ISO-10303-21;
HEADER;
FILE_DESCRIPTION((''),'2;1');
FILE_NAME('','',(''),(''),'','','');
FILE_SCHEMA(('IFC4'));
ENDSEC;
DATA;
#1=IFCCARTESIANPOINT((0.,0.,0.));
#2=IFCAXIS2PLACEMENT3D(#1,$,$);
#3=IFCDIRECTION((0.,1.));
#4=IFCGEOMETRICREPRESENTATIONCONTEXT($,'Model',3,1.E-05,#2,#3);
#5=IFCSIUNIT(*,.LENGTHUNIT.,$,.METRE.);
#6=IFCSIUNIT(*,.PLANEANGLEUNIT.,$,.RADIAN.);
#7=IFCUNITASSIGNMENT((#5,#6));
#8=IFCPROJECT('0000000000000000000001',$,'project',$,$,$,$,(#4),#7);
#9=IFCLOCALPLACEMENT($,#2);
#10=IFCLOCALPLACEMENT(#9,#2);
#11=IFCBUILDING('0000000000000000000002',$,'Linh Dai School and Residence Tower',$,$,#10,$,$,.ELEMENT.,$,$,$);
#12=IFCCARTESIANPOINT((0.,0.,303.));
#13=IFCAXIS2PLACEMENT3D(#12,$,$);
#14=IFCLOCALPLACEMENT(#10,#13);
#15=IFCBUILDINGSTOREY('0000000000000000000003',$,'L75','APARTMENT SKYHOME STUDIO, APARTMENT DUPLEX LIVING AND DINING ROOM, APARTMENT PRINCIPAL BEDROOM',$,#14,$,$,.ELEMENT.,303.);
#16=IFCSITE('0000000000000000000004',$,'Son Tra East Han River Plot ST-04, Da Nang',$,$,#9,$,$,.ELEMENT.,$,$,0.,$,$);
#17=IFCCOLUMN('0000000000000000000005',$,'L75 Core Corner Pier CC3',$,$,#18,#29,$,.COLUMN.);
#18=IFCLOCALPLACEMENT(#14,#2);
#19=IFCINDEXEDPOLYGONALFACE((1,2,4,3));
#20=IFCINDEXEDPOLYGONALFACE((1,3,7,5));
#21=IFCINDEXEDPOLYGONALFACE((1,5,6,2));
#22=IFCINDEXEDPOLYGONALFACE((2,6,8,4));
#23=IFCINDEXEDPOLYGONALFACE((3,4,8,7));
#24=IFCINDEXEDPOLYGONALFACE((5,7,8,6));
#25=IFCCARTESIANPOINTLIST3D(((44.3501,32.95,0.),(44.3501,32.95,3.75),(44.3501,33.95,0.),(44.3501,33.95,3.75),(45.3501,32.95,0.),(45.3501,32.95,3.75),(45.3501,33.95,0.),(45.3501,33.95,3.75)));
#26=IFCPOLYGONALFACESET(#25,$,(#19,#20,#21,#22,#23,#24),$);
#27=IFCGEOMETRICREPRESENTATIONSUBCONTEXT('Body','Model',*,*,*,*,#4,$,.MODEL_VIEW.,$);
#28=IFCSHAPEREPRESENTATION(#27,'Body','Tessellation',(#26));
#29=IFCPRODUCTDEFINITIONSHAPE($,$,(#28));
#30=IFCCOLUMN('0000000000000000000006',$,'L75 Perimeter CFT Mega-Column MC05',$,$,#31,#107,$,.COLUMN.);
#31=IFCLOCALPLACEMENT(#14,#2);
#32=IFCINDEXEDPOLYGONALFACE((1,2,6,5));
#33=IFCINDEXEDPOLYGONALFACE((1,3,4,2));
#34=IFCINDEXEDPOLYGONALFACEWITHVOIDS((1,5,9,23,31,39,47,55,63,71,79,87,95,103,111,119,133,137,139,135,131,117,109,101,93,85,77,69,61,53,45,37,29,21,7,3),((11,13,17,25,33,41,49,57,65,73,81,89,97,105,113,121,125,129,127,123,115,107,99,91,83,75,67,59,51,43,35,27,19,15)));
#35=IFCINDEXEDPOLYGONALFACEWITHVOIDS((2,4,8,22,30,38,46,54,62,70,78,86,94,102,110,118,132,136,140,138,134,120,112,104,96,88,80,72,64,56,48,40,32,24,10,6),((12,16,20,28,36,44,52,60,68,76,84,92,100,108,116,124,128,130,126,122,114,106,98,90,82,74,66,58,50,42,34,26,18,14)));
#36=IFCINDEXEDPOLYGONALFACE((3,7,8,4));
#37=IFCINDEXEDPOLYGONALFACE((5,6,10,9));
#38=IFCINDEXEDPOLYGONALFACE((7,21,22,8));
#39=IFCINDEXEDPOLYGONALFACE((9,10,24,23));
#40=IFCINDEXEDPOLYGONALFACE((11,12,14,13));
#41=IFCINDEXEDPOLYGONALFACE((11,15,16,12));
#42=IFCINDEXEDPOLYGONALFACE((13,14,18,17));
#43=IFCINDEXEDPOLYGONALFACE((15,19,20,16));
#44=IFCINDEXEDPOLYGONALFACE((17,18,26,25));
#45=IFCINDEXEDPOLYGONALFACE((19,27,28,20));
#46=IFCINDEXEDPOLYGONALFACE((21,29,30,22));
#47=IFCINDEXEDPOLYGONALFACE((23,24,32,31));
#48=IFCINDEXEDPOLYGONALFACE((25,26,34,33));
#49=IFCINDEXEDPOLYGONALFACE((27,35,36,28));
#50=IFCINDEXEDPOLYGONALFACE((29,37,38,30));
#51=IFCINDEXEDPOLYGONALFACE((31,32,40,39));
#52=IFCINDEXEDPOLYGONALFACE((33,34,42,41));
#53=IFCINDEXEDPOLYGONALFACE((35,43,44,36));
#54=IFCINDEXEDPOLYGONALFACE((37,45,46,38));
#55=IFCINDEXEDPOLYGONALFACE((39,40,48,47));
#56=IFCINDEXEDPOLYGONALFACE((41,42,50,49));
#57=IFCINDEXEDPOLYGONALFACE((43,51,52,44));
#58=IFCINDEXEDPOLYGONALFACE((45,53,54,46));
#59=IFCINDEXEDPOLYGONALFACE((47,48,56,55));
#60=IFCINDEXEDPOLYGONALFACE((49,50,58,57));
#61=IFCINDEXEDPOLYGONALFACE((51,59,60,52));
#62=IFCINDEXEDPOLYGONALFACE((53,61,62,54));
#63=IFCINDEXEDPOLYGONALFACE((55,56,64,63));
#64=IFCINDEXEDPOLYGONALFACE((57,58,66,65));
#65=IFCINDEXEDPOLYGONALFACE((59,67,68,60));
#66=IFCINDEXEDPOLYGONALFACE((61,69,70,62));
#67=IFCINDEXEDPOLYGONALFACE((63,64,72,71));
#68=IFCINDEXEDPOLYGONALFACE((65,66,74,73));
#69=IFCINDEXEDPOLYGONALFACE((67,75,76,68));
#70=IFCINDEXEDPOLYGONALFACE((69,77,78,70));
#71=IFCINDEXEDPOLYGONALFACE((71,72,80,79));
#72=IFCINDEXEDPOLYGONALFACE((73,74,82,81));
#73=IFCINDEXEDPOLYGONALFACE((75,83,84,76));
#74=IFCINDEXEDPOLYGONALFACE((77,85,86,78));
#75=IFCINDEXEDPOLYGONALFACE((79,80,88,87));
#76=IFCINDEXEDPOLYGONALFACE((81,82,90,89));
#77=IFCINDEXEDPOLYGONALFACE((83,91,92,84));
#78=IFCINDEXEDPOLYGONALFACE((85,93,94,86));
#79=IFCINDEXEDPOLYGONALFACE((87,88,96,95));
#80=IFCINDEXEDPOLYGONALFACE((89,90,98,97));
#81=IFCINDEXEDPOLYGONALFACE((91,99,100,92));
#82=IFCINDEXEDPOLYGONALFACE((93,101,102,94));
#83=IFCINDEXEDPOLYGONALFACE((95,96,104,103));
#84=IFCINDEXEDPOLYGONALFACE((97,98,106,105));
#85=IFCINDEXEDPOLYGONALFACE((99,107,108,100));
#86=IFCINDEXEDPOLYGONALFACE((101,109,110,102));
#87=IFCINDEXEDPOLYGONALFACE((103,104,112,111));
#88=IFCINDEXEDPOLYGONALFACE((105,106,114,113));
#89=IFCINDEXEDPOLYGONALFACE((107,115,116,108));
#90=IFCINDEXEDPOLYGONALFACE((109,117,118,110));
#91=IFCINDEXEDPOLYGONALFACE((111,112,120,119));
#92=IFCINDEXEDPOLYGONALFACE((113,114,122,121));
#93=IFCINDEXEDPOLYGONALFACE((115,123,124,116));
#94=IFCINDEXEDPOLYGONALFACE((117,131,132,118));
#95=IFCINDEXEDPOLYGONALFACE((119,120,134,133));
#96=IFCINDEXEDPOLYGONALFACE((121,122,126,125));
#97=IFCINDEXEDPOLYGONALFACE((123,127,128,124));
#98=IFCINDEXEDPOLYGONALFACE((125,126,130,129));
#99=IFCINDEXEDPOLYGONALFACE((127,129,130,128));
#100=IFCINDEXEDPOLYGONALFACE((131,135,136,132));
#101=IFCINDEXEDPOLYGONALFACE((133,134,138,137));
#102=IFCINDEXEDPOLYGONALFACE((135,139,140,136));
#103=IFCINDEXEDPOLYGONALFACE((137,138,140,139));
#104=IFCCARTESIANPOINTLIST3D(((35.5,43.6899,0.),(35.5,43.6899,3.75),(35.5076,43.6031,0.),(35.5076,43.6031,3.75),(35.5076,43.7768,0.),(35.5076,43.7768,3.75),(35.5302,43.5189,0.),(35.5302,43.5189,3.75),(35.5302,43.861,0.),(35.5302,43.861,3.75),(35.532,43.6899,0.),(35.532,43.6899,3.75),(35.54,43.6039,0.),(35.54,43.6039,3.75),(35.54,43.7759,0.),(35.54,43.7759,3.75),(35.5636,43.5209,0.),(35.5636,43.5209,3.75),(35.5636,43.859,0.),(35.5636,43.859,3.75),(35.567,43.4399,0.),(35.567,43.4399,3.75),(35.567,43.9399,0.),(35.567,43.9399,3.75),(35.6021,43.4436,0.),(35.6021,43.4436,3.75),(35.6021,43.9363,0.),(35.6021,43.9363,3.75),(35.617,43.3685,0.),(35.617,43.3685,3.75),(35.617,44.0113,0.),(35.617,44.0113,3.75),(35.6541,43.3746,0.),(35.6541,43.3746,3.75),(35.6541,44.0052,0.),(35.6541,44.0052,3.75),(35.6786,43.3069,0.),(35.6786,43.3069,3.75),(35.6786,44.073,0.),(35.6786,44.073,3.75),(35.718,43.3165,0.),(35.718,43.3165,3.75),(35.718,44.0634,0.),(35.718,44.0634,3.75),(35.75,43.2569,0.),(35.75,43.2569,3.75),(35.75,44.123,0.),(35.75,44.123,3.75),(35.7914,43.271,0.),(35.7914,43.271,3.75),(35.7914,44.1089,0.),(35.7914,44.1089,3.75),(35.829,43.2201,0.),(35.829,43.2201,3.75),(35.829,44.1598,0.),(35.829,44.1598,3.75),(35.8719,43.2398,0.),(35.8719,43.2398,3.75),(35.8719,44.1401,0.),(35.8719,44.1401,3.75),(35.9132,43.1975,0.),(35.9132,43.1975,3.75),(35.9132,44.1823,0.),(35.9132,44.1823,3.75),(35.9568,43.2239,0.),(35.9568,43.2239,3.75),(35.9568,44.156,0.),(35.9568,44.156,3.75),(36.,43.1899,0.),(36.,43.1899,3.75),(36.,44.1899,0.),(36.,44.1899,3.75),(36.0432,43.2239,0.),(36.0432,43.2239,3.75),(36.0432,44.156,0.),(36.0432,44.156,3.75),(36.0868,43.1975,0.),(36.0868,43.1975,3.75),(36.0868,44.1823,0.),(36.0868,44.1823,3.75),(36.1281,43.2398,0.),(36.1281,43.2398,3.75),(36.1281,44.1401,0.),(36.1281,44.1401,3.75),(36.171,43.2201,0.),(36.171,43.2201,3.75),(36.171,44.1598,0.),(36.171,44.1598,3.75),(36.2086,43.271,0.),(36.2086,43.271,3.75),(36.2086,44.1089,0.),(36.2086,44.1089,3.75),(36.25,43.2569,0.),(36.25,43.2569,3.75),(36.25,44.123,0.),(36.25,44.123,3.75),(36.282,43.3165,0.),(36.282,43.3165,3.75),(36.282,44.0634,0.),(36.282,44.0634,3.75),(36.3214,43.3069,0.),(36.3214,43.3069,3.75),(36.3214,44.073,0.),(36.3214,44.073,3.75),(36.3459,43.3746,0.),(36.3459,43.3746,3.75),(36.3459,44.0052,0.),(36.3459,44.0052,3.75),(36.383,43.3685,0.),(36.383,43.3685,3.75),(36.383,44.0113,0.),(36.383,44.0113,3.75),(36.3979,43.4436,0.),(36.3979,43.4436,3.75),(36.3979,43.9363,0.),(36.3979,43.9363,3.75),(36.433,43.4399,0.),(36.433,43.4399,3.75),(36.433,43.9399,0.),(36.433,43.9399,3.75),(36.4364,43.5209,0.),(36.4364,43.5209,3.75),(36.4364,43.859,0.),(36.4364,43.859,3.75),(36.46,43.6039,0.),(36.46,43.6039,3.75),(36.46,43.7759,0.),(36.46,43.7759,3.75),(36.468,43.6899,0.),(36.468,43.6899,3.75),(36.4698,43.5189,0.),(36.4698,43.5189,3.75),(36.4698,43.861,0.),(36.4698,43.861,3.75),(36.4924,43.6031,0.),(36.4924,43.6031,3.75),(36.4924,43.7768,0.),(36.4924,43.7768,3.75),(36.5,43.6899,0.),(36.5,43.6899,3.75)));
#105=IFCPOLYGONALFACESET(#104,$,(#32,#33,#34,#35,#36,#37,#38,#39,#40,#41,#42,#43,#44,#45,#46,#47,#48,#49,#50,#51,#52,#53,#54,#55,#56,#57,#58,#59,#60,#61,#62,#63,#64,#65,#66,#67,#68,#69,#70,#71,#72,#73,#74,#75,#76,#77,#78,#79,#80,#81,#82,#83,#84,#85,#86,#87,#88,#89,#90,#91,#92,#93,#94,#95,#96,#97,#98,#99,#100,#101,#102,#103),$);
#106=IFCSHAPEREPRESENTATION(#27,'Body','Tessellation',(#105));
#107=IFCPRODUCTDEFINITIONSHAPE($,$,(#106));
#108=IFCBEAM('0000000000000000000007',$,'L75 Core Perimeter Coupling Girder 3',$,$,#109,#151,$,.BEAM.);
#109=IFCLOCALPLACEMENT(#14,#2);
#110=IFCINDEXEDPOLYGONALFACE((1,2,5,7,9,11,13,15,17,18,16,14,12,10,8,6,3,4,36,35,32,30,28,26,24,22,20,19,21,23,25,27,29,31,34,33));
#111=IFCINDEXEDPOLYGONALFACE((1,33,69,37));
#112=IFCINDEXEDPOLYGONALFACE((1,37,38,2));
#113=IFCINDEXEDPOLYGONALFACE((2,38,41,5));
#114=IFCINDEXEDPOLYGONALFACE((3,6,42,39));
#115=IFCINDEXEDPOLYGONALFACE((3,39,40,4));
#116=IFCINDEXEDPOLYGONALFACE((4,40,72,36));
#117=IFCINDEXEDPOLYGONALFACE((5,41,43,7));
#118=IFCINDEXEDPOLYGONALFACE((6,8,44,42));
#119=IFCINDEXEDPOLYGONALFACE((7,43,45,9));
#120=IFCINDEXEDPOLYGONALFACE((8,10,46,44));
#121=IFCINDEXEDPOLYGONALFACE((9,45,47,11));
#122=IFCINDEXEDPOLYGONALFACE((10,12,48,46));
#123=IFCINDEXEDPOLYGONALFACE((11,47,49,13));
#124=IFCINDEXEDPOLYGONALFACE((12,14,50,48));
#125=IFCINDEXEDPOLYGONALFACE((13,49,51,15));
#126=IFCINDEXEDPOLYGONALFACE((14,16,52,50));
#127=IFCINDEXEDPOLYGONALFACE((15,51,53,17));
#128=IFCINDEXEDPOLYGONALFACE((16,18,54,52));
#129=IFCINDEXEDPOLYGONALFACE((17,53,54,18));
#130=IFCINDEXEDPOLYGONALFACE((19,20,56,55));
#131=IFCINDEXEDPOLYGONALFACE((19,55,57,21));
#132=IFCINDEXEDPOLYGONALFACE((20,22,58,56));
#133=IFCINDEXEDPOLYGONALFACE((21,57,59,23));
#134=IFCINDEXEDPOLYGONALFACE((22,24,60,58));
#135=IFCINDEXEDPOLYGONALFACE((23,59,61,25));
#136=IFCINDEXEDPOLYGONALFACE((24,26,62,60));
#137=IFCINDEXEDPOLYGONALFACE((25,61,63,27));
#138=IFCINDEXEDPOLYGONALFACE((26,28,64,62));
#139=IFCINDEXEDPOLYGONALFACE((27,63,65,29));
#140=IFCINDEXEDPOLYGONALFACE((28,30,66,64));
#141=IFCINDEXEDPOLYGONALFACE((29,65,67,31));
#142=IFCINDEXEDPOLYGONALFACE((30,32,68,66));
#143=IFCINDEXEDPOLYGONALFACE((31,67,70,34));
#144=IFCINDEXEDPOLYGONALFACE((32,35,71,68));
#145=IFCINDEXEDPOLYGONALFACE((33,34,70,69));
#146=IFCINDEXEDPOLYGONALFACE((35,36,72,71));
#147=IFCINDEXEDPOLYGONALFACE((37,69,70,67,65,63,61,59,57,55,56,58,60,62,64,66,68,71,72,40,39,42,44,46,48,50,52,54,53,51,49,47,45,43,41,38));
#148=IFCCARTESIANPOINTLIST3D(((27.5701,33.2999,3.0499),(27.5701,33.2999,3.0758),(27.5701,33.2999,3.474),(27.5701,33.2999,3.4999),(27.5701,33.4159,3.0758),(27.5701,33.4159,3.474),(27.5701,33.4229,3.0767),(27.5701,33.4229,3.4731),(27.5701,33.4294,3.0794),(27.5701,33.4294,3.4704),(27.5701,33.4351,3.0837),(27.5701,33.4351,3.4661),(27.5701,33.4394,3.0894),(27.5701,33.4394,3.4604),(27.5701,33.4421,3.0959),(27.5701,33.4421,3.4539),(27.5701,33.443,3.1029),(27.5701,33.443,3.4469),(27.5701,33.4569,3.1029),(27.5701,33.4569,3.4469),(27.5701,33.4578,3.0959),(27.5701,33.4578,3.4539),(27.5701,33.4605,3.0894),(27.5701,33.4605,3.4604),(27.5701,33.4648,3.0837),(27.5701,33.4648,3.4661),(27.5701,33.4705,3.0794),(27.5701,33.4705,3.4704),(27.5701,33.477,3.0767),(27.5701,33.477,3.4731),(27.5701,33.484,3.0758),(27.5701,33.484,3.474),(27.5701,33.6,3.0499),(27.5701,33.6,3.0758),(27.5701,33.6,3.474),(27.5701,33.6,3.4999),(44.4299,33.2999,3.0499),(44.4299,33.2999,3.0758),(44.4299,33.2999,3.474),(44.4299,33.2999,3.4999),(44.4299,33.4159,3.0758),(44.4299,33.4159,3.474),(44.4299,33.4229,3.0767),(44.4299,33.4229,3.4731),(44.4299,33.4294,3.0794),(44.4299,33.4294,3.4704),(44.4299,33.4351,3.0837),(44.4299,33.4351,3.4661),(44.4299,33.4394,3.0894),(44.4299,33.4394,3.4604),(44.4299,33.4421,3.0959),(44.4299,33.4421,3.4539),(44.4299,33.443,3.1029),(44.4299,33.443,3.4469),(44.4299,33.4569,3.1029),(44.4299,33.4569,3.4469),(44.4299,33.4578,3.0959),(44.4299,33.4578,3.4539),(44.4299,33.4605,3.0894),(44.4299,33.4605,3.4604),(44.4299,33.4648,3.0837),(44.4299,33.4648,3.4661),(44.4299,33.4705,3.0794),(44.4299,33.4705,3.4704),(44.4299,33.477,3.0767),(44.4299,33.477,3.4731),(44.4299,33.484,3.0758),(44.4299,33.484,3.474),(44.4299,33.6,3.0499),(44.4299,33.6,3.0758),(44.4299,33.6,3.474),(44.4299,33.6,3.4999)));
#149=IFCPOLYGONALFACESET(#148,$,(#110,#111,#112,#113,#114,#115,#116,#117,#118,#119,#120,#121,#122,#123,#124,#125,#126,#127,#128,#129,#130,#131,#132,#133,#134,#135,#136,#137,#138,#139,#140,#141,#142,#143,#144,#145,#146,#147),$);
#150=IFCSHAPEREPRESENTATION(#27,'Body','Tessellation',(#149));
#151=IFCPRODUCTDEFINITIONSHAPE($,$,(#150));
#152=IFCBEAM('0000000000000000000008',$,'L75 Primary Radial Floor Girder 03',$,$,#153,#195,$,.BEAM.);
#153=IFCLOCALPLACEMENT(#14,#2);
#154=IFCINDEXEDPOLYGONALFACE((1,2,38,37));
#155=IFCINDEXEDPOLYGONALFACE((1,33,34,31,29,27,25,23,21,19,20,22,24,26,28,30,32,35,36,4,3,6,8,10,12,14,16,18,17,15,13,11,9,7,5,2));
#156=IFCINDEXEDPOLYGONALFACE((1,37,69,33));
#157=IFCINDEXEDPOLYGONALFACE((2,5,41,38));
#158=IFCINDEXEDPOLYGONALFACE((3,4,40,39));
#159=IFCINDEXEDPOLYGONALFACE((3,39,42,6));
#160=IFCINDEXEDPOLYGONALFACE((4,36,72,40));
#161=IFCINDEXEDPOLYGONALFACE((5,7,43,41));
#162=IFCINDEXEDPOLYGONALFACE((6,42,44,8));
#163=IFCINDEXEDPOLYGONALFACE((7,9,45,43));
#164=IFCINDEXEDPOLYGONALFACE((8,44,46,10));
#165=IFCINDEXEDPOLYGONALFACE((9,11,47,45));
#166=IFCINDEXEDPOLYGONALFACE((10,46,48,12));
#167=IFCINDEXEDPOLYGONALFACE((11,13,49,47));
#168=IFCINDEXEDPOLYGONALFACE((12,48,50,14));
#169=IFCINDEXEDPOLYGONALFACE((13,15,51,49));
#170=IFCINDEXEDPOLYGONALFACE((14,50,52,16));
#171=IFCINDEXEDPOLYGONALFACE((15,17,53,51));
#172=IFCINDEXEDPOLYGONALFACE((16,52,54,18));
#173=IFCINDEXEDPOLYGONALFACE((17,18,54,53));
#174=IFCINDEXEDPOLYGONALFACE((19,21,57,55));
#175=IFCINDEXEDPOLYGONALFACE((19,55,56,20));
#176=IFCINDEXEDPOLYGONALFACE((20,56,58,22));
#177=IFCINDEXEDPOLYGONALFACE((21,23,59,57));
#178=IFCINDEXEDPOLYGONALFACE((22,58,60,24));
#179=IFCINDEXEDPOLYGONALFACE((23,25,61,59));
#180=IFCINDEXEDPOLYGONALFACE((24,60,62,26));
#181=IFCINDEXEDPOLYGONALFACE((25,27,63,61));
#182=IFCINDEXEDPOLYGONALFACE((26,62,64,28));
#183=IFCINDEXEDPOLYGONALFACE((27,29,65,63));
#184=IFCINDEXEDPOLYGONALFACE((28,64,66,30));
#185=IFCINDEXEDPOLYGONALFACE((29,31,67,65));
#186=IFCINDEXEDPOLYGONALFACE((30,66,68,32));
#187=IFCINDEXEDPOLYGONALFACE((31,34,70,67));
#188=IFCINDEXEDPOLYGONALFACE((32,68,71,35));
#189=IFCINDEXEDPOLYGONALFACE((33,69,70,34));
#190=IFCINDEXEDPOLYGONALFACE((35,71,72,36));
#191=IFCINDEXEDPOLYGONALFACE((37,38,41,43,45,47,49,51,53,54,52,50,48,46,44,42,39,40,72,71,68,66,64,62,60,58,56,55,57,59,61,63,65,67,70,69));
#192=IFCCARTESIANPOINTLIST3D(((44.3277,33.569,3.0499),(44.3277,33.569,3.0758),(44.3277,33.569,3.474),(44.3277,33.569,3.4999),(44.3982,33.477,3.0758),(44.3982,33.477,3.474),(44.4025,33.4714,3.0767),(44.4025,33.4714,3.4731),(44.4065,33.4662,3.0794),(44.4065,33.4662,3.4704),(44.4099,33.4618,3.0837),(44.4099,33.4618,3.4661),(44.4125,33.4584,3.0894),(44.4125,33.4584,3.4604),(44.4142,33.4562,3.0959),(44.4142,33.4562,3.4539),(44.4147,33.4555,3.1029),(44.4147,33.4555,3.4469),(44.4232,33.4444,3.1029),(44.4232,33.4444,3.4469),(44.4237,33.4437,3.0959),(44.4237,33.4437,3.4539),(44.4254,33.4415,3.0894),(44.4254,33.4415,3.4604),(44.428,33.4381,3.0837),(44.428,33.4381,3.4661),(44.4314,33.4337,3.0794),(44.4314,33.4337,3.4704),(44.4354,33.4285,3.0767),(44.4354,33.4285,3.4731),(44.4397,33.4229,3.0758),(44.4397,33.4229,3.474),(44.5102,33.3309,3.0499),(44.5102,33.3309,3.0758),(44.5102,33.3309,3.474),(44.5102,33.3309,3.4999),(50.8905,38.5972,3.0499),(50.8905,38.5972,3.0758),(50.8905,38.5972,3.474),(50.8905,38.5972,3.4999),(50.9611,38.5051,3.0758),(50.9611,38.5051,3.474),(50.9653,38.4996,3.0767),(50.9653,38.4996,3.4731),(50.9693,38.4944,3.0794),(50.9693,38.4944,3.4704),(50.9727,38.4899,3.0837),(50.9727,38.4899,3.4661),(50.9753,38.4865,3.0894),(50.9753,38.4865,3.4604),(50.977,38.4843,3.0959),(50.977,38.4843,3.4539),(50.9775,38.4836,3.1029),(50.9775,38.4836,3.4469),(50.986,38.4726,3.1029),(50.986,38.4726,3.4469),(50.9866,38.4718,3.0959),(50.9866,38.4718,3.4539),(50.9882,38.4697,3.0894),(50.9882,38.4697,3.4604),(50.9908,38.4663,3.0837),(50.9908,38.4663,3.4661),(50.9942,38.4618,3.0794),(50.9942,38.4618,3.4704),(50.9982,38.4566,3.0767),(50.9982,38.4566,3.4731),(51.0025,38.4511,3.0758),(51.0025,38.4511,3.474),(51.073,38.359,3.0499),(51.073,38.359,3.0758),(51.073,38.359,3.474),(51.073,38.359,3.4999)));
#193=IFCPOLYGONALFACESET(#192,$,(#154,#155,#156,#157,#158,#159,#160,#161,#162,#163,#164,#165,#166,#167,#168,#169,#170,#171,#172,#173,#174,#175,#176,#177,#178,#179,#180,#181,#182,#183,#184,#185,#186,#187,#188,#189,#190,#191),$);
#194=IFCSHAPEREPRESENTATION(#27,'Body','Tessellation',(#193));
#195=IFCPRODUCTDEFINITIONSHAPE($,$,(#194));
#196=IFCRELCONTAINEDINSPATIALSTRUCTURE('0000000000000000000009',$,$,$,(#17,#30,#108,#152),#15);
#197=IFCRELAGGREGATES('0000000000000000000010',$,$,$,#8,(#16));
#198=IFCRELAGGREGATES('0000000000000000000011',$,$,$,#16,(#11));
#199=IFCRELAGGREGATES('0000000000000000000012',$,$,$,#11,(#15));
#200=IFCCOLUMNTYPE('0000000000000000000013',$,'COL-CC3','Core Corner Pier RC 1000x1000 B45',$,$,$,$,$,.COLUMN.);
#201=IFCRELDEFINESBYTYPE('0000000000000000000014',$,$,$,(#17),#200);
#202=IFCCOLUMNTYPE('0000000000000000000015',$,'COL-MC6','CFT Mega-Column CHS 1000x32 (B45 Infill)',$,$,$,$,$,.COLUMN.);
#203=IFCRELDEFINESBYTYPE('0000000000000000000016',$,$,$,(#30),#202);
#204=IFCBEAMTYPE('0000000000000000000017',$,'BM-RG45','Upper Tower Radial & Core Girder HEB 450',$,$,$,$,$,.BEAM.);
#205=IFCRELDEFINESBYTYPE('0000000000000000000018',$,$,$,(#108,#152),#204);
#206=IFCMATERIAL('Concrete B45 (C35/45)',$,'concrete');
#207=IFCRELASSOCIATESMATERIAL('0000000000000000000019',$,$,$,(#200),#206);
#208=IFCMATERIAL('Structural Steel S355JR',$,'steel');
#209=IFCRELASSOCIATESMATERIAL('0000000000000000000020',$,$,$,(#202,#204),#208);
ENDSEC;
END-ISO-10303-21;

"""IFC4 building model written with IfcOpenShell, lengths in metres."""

from ifc_helpers import new_model, si_unit, direction, frame, origin, origin_2d, place, context, subcontext, project, spatial, rectangle, hollow_circle, i_section, extrude, material, material_profile, profile_set, type_object, element, save


model = new_model("IFC4")

# Units and contexts
model_context = context("Model", 3, precision=1e-05, world=origin(), true_north=direction((0.0, 1.0)))
body_context = subcontext(model_context, "Body", "Model", "MODEL_VIEW")
ifc_project = project(units=[si_unit("LENGTHUNIT", "METRE"), si_unit("PLANEANGLEUNIT", "RADIAN")], contexts=[model_context])

# Site, building, storey
site_placement = place(None, origin())
site = spatial("IfcSite", under=ifc_project, at=site_placement, Name="Son Tra East Han River Plot ST-04, Da Nang", CompositionType="ELEMENT", RefElevation=0.0)
building_placement = place(site_placement, origin())
building = spatial("IfcBuilding", under=site, at=building_placement, Name="Linh Dai School and Residence Tower", CompositionType="ELEMENT")
storey_placement = place(building_placement, frame((0.0, 0.0, 303.0)))
storey = spatial("IfcBuildingStorey", under=building, at=storey_placement, Name="L75", Description="APARTMENT SKYHOME STUDIO, APARTMENT DUPLEX LIVING AND DINING ROOM, APARTMENT PRINCIPAL BEDROOM", CompositionType="ELEMENT", Elevation=303.0)

# Columns
ifc_material_1 = material(Name="Concrete B45 (C35/45)", Category="concrete")
ifc_material_profile_1 = material_profile(ifc_material_1, rectangle(XDim=1.0, YDim=1.0, at=origin_2d()), Name="RC 1000x1000")
ifc_profile_set_1 = profile_set([ifc_material_profile_1], Name="Concrete B45 (C35/45)")
column_type_1 = type_object("IfcColumnType", Name="COL-CC3", Description="Core Corner Pier RC 1000x1000 B45", PredefinedType="COLUMN", material=ifc_profile_set_1)
column_1_placement = place(storey_placement, frame((44.8501, 33.45, 0.0), z_axis=(0.0, 0.0, 1.0), x_axis=(1.0, 0.0, 0.0)))
element("IfcColumn", 1, at=column_1_placement, inside=storey, type_object=column_type_1, Name="L75 Core Corner Pier CC3", PredefinedType="COLUMN", context=body_context, shape_type="SweptSolid", body=[
    extrude(rectangle(XDim=1.0, YDim=1.0, at=origin_2d()), origin(), (0.0, 0.0, 1.0), 3.75),
])
ifc_material_2 = material(Name="Structural Steel S355JR", Category="steel")
ifc_material_profile_2 = material_profile(ifc_material_2, hollow_circle(Radius=0.5, WallThickness=0.032, at=origin_2d()), Name="CHS 1000x32")
ifc_profile_set_2 = profile_set([ifc_material_profile_2], Name="Structural Steel S355JR")
column_type_2 = type_object("IfcColumnType", Name="COL-MC6", Description="CFT Mega-Column CHS 1000x32 (B45 Infill)", PredefinedType="COLUMN", material=ifc_profile_set_2)
column_2_placement = place(storey_placement, frame((36.0, 43.6899, 0.0), z_axis=(0.0, 0.0, 1.0), x_axis=(1.0, 0.0, 0.0)))
element("IfcColumn", 2, at=column_2_placement, inside=storey, type_object=column_type_2, Name="L75 Perimeter CFT Mega-Column MC05", PredefinedType="COLUMN", context=body_context, shape_type="SweptSolid", body=[
    extrude(hollow_circle(Radius=0.5, WallThickness=0.032, at=origin_2d()), origin(), (0.0, 0.0, 1.0), 3.75),
])

# Beams
ifc_material_profile_3 = material_profile(ifc_material_2, i_section(OverallWidth=0.3, OverallDepth=0.45, WebThickness=0.0139, FlangeThickness=0.0259, FilletRadius=0.0271, at=origin_2d()), Name="HEB 450")
ifc_profile_set_3 = profile_set([ifc_material_profile_3], Name="Structural Steel S355JR")
beam_type_1 = type_object("IfcBeamType", Name="BM-RG45", Description="Upper Tower Radial & Core Girder HEB 450", PredefinedType="BEAM", material=ifc_profile_set_3)
beam_1_placement = place(storey_placement, frame((44.4299, 33.45, 3.2749), z_axis=(-1.0, 0.0, 0.0), x_axis=(0.0, -1.0, 0.0)))
element("IfcBeam", 3, at=beam_1_placement, inside=storey, type_object=beam_type_1, Name="L75 Core Perimeter Coupling Girder 3", PredefinedType="BEAM", context=body_context, shape_type="SweptSolid", body=[
    extrude(i_section(OverallWidth=0.3, OverallDepth=0.45, WebThickness=0.0139, FlangeThickness=0.0259, FilletRadius=0.0271, at=origin_2d()), origin(), (0.0, 0.0, 1.0), 16.8599),
])
beam_2_placement = place(storey_placement, frame((44.4189, 33.45, 3.2749), z_axis=(0.793803, 0.608175, 0.0), x_axis=(-0.608175, 0.793803, 0.0)))
element("IfcBeam", 4, at=beam_2_placement, inside=storey, type_object=beam_type_1, Name="L75 Primary Radial Floor Girder 03", PredefinedType="BEAM", context=body_context, shape_type="SweptSolid", body=[
    extrude(i_section(OverallWidth=0.3, OverallDepth=0.45, WebThickness=0.0139, FlangeThickness=0.0259, FilletRadius=0.0271, at=origin_2d()), origin(), (0.0, 0.0, 1.0), 8.2676),
])

save(model, "model.ifc")
